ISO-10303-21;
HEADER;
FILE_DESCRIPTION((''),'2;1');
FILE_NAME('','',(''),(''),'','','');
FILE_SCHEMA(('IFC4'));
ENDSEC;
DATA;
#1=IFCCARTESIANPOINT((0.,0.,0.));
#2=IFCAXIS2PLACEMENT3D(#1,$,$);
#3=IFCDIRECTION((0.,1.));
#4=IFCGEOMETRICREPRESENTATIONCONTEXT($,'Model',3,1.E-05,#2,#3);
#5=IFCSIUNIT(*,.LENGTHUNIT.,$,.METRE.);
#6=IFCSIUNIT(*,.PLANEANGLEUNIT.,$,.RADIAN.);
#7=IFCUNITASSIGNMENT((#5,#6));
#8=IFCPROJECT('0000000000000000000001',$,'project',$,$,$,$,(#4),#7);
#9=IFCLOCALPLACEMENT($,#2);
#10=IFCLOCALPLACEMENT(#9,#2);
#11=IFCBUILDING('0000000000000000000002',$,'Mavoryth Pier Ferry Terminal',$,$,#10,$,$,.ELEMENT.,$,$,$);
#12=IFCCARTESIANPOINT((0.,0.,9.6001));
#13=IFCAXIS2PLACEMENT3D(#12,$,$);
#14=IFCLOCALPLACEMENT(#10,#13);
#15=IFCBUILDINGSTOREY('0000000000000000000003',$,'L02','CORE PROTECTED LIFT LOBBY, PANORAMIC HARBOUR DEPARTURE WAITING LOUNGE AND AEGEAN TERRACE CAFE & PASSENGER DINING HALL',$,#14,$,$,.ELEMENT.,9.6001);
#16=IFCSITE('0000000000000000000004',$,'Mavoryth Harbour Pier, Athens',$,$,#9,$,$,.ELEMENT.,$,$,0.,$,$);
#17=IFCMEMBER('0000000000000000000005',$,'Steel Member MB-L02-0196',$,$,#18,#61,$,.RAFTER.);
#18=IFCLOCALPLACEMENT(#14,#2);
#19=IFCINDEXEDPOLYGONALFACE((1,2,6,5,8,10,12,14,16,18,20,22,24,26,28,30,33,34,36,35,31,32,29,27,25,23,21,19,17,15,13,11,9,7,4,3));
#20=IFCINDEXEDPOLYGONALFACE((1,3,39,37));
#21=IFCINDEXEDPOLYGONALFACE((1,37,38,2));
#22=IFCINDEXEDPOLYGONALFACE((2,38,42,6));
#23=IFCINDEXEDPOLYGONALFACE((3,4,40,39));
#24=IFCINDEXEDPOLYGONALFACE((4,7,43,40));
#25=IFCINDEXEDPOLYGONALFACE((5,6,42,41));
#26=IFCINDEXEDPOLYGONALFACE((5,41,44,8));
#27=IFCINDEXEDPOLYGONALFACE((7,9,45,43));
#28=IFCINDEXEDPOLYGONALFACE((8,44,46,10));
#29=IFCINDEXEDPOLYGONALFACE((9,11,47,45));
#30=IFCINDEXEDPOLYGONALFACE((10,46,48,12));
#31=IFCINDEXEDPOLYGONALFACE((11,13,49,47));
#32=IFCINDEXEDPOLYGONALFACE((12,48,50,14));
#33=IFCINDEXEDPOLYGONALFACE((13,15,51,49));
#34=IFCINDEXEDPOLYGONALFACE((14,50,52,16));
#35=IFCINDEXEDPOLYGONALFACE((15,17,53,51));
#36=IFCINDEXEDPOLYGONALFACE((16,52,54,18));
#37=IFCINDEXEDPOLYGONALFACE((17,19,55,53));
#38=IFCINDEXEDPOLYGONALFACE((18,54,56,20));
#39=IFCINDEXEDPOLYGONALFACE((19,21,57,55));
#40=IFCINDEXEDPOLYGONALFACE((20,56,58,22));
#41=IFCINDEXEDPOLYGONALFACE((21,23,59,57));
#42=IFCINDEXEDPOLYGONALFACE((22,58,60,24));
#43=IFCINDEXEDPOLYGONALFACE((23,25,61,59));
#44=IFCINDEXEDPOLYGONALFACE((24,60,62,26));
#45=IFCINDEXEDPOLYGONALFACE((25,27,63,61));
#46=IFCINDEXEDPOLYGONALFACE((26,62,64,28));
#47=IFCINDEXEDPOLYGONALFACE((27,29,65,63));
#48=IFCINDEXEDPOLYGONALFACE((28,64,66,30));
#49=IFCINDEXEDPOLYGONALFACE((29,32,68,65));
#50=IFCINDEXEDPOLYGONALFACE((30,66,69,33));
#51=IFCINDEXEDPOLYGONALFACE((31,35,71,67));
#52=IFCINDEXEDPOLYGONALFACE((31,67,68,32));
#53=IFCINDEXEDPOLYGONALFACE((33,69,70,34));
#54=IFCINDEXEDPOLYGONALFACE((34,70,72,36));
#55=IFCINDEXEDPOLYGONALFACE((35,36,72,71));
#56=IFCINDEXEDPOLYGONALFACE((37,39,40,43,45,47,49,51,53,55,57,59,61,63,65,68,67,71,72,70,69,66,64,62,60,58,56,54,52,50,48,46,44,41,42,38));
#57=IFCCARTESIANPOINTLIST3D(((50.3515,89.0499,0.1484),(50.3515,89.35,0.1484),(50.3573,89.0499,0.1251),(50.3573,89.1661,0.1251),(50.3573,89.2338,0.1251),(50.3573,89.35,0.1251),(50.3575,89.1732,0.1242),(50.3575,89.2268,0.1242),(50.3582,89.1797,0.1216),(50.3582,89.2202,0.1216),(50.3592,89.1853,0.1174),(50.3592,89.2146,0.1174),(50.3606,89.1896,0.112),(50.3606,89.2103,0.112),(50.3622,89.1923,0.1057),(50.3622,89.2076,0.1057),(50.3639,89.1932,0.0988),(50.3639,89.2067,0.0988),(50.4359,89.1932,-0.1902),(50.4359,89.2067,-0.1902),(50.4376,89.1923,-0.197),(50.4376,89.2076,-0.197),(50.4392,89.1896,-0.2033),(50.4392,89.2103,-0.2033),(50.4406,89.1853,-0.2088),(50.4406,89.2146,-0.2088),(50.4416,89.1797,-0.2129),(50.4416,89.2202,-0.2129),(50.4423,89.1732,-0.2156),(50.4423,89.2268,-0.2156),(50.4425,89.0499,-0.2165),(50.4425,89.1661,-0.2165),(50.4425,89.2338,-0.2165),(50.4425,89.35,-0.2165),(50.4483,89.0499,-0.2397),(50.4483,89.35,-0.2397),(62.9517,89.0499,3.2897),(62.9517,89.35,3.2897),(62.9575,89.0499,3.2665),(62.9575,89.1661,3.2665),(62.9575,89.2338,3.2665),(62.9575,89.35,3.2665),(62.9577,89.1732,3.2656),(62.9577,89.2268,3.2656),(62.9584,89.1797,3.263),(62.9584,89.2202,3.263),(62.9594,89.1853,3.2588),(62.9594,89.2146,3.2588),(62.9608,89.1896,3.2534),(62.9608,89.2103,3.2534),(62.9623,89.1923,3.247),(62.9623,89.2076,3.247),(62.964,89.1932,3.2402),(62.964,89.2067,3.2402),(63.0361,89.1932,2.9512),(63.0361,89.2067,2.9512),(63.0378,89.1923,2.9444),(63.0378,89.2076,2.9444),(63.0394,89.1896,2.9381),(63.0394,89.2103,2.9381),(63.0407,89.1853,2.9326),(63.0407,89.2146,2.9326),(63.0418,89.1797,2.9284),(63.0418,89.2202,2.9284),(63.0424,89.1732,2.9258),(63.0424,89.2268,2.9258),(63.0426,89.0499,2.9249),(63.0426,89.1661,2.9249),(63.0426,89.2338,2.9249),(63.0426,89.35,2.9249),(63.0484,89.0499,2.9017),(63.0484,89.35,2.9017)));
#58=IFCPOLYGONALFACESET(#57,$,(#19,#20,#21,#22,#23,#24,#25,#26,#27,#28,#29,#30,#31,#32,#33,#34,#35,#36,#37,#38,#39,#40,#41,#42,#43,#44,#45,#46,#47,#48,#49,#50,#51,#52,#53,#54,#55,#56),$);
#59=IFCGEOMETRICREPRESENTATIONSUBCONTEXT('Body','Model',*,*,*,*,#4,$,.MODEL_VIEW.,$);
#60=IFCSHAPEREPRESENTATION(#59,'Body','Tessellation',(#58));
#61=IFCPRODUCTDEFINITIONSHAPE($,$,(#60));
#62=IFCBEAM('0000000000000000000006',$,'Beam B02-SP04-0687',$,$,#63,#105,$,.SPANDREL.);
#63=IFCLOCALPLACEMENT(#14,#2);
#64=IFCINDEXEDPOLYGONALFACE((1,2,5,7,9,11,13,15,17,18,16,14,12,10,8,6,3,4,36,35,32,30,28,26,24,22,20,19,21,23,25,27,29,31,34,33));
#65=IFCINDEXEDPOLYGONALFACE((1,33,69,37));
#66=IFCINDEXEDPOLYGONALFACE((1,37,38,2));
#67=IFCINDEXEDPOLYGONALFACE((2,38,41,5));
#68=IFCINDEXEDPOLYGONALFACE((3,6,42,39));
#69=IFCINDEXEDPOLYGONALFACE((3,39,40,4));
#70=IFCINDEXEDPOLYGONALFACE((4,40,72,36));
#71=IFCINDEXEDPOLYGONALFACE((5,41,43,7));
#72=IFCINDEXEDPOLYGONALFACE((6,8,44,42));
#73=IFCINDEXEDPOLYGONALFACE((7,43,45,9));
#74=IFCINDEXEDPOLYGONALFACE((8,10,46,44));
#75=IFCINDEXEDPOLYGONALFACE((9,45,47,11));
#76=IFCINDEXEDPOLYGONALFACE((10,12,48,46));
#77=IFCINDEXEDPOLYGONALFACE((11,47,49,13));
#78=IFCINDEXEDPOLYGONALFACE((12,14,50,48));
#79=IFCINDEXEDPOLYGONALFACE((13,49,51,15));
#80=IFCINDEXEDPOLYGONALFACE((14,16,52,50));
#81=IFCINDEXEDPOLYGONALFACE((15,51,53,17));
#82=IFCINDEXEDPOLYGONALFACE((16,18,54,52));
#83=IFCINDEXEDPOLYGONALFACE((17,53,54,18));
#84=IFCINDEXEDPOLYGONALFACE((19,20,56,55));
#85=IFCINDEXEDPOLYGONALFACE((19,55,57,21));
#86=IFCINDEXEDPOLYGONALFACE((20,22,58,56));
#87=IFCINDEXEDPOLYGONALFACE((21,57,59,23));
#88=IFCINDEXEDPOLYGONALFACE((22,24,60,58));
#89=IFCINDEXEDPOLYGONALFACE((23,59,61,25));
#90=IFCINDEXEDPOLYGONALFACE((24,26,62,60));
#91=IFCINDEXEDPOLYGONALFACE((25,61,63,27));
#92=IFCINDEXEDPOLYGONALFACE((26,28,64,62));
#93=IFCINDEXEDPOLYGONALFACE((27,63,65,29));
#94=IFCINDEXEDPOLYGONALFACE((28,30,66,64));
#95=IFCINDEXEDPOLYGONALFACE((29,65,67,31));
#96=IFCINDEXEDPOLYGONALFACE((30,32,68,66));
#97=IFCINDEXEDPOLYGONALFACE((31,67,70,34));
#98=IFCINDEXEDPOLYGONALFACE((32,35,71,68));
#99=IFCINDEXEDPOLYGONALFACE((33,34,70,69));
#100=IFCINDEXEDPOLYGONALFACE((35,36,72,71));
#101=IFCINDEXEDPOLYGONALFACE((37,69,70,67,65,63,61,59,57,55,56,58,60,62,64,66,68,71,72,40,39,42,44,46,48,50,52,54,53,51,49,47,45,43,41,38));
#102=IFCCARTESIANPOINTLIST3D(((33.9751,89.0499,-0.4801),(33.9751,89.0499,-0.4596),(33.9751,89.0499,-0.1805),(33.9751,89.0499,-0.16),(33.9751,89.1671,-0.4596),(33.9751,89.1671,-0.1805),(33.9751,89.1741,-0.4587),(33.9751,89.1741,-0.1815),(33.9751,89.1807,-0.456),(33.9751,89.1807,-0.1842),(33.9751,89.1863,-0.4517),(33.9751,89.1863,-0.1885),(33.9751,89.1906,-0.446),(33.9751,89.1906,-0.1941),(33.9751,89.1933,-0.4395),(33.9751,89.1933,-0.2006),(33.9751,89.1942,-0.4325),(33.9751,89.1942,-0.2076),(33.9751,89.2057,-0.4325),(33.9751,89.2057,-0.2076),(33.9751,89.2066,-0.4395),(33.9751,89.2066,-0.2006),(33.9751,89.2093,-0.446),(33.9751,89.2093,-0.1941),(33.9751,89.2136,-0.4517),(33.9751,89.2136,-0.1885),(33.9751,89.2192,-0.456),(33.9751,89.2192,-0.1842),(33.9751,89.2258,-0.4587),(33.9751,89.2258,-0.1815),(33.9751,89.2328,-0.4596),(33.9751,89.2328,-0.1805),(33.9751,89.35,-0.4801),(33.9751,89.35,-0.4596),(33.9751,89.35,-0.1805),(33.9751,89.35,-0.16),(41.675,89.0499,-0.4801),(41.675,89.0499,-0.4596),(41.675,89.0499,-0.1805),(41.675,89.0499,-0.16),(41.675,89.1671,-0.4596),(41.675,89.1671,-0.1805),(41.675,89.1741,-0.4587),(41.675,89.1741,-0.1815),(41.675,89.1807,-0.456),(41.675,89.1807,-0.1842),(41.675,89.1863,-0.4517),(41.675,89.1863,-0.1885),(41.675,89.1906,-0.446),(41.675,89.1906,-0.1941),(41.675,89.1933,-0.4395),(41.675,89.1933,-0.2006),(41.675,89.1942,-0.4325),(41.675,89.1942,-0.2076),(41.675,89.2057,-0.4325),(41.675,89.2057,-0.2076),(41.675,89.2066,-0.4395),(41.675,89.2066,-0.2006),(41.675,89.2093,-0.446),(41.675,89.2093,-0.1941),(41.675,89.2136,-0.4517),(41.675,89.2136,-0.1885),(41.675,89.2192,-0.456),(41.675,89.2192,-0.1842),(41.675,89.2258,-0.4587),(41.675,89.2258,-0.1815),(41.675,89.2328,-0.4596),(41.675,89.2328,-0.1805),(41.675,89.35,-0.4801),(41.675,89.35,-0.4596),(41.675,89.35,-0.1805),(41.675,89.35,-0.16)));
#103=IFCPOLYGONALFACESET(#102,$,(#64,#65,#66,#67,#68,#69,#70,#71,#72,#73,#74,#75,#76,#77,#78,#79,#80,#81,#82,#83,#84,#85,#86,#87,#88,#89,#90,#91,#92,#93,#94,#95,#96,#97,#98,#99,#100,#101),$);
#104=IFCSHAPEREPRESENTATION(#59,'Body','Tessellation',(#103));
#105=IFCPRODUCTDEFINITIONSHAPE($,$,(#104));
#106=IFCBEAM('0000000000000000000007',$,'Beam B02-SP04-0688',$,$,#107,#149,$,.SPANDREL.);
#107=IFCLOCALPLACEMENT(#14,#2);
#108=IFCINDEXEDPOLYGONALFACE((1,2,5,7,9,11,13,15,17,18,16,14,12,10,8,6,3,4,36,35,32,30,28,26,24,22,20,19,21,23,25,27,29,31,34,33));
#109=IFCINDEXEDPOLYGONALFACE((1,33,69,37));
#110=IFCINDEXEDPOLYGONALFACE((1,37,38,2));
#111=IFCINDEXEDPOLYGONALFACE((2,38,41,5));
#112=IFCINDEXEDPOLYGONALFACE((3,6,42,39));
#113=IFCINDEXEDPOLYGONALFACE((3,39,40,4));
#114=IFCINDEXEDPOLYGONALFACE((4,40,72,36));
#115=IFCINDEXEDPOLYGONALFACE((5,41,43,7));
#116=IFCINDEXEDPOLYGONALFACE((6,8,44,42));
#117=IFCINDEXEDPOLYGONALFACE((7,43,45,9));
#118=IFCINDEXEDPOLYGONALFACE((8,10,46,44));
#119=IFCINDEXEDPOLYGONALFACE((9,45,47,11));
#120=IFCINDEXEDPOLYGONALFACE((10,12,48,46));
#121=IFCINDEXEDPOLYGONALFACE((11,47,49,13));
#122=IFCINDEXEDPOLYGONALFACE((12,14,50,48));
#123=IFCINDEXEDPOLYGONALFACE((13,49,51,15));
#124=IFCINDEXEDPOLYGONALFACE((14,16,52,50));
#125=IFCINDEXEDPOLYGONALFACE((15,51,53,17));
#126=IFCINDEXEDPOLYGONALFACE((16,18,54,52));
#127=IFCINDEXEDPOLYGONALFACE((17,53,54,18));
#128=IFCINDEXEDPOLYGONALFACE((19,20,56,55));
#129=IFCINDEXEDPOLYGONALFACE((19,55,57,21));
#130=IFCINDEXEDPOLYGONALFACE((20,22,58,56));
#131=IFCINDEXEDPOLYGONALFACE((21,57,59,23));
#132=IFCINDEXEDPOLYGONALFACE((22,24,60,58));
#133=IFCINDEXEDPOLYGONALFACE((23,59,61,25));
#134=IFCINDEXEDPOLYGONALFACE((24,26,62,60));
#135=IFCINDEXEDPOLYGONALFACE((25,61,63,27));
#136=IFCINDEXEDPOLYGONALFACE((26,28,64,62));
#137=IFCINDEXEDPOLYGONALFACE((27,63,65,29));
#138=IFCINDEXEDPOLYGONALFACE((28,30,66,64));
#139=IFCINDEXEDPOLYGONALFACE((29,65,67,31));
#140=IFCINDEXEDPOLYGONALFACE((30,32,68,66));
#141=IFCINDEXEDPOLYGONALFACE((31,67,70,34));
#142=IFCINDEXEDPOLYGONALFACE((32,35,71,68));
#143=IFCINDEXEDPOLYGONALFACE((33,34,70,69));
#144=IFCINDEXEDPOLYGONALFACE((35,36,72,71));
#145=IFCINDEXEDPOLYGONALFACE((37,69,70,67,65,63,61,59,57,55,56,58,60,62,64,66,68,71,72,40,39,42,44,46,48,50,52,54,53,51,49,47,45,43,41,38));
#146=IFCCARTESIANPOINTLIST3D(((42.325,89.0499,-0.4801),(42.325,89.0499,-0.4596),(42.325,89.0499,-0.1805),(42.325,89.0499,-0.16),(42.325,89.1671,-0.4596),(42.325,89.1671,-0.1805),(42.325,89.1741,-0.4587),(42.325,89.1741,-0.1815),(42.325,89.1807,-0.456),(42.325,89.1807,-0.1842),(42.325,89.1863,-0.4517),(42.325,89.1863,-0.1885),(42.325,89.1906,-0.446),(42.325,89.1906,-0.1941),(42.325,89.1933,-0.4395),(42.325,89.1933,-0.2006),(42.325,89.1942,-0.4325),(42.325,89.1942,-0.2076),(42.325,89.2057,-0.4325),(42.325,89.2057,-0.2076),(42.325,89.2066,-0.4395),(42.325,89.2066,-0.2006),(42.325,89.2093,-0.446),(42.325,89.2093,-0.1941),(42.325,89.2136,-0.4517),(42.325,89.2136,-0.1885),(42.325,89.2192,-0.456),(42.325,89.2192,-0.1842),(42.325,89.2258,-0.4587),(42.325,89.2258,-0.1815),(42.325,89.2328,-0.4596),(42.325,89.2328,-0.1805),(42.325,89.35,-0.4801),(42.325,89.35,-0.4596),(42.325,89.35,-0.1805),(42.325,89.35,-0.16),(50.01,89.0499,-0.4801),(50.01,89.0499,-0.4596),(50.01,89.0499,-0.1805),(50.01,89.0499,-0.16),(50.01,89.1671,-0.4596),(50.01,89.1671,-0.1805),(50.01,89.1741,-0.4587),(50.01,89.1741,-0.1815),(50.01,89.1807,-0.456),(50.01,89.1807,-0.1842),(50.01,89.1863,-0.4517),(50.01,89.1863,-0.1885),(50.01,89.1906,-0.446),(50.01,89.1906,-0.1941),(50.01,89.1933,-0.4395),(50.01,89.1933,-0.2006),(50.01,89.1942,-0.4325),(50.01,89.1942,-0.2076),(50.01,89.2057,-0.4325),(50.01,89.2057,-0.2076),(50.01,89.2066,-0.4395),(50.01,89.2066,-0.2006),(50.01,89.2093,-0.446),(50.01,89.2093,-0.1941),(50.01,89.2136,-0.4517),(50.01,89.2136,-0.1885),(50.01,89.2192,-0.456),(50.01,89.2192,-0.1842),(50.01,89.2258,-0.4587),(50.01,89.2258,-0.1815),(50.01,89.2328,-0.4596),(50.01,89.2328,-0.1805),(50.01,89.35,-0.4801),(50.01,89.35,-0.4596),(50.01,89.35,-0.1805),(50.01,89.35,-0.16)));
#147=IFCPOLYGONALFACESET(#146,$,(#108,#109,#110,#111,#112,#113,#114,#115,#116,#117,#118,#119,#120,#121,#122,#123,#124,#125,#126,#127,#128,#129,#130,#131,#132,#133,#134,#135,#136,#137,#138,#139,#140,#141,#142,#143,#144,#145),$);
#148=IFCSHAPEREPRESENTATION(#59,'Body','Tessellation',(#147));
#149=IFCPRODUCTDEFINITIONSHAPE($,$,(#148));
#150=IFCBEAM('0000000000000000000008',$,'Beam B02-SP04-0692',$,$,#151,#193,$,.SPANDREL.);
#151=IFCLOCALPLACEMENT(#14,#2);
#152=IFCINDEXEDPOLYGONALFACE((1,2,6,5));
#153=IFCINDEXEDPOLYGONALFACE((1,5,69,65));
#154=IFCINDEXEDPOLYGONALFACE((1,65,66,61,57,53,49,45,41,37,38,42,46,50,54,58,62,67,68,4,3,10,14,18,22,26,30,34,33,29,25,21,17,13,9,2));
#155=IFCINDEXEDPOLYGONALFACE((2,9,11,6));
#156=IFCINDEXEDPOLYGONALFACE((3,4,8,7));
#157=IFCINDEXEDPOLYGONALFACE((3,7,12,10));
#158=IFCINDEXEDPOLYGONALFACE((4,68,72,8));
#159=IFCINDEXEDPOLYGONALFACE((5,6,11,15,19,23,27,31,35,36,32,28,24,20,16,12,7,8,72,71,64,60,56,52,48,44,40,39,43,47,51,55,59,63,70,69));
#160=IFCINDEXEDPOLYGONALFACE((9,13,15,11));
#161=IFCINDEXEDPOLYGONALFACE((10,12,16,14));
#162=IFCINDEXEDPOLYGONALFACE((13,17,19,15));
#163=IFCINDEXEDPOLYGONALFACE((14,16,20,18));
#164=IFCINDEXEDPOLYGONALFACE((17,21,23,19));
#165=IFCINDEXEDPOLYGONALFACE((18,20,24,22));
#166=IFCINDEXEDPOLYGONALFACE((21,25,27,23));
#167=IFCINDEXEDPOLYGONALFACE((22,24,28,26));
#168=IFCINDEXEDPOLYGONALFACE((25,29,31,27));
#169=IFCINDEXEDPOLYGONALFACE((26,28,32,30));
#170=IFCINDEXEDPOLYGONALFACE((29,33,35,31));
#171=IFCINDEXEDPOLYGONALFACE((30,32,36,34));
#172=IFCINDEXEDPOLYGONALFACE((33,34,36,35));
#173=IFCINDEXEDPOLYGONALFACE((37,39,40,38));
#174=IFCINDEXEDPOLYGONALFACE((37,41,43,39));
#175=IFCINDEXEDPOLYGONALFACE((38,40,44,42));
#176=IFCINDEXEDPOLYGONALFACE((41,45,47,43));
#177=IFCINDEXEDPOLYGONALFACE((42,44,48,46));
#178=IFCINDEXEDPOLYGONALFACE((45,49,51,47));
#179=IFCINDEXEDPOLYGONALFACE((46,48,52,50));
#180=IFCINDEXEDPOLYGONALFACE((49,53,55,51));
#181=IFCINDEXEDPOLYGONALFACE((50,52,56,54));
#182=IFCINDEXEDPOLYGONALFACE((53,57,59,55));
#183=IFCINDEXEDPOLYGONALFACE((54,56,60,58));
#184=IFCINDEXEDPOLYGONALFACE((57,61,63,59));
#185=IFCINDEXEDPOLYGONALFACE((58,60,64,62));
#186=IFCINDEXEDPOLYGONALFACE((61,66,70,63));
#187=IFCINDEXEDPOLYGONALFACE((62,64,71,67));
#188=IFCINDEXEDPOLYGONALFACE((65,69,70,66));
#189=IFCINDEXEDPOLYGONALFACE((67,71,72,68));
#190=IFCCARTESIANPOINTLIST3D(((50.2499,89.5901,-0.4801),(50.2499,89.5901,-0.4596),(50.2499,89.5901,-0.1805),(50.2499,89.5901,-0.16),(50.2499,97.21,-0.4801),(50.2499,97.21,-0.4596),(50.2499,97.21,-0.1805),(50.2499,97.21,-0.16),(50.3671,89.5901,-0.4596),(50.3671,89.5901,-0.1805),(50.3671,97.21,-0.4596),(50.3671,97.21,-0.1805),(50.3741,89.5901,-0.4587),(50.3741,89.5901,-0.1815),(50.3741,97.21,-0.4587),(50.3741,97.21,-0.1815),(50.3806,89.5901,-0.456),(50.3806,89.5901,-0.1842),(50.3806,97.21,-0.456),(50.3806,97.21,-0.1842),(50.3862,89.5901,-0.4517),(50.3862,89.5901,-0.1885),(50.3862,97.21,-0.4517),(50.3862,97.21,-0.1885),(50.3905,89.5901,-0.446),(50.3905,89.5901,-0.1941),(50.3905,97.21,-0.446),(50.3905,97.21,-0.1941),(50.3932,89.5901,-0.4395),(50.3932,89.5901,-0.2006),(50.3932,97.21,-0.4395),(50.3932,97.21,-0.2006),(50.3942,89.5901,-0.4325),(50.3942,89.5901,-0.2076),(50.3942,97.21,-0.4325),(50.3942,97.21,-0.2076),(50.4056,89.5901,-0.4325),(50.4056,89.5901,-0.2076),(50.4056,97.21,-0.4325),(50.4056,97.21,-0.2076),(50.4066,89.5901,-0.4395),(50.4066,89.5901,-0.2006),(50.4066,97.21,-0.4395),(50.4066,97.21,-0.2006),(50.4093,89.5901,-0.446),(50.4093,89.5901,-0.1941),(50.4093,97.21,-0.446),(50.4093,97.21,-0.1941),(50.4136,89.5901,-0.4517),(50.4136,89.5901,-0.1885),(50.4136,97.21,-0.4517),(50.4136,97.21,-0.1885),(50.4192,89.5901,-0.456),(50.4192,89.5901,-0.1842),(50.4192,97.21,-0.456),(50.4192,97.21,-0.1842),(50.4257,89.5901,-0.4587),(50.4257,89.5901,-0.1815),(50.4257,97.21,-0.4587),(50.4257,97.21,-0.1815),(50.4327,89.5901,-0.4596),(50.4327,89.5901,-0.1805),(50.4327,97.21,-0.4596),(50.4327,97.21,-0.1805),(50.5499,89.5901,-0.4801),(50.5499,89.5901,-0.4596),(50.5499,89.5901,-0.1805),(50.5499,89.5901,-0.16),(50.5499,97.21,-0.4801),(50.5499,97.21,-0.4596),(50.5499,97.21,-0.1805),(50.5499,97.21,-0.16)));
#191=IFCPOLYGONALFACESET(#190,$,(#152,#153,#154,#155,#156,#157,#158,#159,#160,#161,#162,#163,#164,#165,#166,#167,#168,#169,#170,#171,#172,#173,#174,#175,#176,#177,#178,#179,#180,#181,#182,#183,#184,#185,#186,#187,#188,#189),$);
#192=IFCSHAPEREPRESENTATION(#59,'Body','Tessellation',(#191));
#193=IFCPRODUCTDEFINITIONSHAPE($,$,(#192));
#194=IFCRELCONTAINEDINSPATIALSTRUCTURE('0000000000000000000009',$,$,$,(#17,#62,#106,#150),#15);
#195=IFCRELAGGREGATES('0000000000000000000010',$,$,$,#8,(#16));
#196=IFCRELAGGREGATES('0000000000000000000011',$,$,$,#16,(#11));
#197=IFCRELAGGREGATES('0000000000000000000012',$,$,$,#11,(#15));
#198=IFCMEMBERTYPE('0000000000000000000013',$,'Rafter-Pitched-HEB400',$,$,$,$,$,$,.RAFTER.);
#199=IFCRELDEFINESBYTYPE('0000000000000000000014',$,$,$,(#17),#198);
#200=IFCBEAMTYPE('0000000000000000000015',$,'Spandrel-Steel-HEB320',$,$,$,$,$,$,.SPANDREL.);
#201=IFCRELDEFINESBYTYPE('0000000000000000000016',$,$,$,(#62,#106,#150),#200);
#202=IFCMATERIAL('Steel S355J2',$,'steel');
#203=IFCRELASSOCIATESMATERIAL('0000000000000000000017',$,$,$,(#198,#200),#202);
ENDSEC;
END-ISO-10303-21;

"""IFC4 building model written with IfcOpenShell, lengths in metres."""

from ifc_helpers import new_model, si_unit, direction, frame, origin, origin_2d, place, context, subcontext, project, spatial, i_section, extrude, material, material_profile, profile_set, type_object, element, save


model = new_model("IFC4")

# Units and contexts
model_context = context("Model", 3, precision=1e-05, world=origin(), true_north=direction((0.0, 1.0)))
body_context = subcontext(model_context, "Body", "Model", "MODEL_VIEW")
ifc_project = project(units=[si_unit("LENGTHUNIT", "METRE"), si_unit("PLANEANGLEUNIT", "RADIAN")], contexts=[model_context])

# Site, building, storey
site_placement = place(None, origin())
site = spatial("IfcSite", under=ifc_project, at=site_placement, Name="Mavoryth Harbour Pier, Athens", CompositionType="ELEMENT", RefElevation=0.0)
building_placement = place(site_placement, origin())
building = spatial("IfcBuilding", under=site, at=building_placement, Name="Mavoryth Pier Ferry Terminal", CompositionType="ELEMENT")
storey_placement = place(building_placement, frame((0.0, 0.0, 9.6001)))
storey = spatial("IfcBuildingStorey", under=building, at=storey_placement, Name="L02", Description="CORE PROTECTED LIFT LOBBY, PANORAMIC HARBOUR DEPARTURE WAITING LOUNGE AND AEGEAN TERRACE CAFE & PASSENGER DINING HALL", CompositionType="ELEMENT", Elevation=9.6001)

# Shared definitions
ifc_material_1 = material(Name="Steel S355J2", Category="steel")

# Member
ifc_material_profile_1 = material_profile(ifc_material_1, i_section(OverallWidth=0.3, OverallDepth=0.3999, WebThickness=0.0134, FlangeThickness=0.0239, FilletRadius=0.0271, at=origin_2d()), Name="HEB 400", Category="steel")
ifc_profile_set_1 = profile_set([ifc_material_profile_1], Name="Steel S355J2 - HEB 400")
member_type_1 = type_object("IfcMemberType", Name="Rafter-Pitched-HEB400", PredefinedType="RAFTER", material=ifc_profile_set_1)
member_1_placement = place(storey_placement, frame((50.3999, 89.2, -0.0457), z_axis=(0.970299, 0.0, 0.241907), x_axis=(0.0, 1.0, 0.0)))
element("IfcMember", 1, at=member_1_placement, inside=storey, type_object=member_type_1, Name="Steel Member MB-L02-0196", PredefinedType="RAFTER", context=body_context, shape_type="SweptSolid", body=[
    extrude(i_section(OverallWidth=0.3, OverallDepth=0.3999, WebThickness=0.0134, FlangeThickness=0.0239, FilletRadius=0.0271, at=origin_2d()), origin(), (0.0, 0.0, 1.0), 12.9858),
])

# Beams
ifc_material_profile_2 = material_profile(ifc_material_1, i_section(OverallWidth=0.3, OverallDepth=0.3201, WebThickness=0.0115, FlangeThickness=0.0205, FilletRadius=0.0271, at=origin_2d()), Name="HEB 320", Category="steel")
ifc_profile_set_2 = profile_set([ifc_material_profile_2], Name="Steel S355J2 - HEB 320")
beam_type_1 = type_object("IfcBeamType", Name="Spandrel-Steel-HEB320", PredefinedType="SPANDREL", material=ifc_profile_set_2)
beam_1_placement = place(storey_placement, frame((33.9751, 89.2, -0.3201), z_axis=(1.0, 0.0, 0.0), x_axis=(0.0, 1.0, 0.0)))
element("IfcBeam", 2, at=beam_1_placement, inside=storey, type_object=beam_type_1, Name="Beam B02-SP04-0687", PredefinedType="SPANDREL", context=body_context, shape_type="SweptSolid", body=[
    extrude(i_section(OverallWidth=0.3, OverallDepth=0.3201, WebThickness=0.0115, FlangeThickness=0.0205, FilletRadius=0.0271, at=origin_2d()), origin(), (0.0, 0.0, 1.0), 7.7),
])
beam_2_placement = place(storey_placement, frame((42.325, 89.2, -0.3201), z_axis=(1.0, 0.0, 0.0), x_axis=(0.0, 1.0, 0.0)))
element("IfcBeam", 3, at=beam_2_placement, inside=storey, type_object=beam_type_1, Name="Beam B02-SP04-0688", PredefinedType="SPANDREL", context=body_context, shape_type="SweptSolid", body=[
    extrude(i_section(OverallWidth=0.3, OverallDepth=0.3201, WebThickness=0.0115, FlangeThickness=0.0205, FilletRadius=0.0271, at=origin_2d()), origin(), (0.0, 0.0, 1.0), 7.6851),
])
beam_3_placement = place(storey_placement, frame((50.3999, 89.5901, -0.3201), z_axis=(0.0, 1.0, 0.0), x_axis=(-1.0, 0.0, 0.0)))
element("IfcBeam", 4, at=beam_3_placement, inside=storey, type_object=beam_type_1, Name="Beam B02-SP04-0692", PredefinedType="SPANDREL", context=body_context, shape_type="SweptSolid", body=[
    extrude(i_section(OverallWidth=0.3, OverallDepth=0.3201, WebThickness=0.0115, FlangeThickness=0.0205, FilletRadius=0.0271, at=origin_2d()), origin(), (0.0, 0.0, 1.0), 7.6199),
])

save(model, "model.ifc")
